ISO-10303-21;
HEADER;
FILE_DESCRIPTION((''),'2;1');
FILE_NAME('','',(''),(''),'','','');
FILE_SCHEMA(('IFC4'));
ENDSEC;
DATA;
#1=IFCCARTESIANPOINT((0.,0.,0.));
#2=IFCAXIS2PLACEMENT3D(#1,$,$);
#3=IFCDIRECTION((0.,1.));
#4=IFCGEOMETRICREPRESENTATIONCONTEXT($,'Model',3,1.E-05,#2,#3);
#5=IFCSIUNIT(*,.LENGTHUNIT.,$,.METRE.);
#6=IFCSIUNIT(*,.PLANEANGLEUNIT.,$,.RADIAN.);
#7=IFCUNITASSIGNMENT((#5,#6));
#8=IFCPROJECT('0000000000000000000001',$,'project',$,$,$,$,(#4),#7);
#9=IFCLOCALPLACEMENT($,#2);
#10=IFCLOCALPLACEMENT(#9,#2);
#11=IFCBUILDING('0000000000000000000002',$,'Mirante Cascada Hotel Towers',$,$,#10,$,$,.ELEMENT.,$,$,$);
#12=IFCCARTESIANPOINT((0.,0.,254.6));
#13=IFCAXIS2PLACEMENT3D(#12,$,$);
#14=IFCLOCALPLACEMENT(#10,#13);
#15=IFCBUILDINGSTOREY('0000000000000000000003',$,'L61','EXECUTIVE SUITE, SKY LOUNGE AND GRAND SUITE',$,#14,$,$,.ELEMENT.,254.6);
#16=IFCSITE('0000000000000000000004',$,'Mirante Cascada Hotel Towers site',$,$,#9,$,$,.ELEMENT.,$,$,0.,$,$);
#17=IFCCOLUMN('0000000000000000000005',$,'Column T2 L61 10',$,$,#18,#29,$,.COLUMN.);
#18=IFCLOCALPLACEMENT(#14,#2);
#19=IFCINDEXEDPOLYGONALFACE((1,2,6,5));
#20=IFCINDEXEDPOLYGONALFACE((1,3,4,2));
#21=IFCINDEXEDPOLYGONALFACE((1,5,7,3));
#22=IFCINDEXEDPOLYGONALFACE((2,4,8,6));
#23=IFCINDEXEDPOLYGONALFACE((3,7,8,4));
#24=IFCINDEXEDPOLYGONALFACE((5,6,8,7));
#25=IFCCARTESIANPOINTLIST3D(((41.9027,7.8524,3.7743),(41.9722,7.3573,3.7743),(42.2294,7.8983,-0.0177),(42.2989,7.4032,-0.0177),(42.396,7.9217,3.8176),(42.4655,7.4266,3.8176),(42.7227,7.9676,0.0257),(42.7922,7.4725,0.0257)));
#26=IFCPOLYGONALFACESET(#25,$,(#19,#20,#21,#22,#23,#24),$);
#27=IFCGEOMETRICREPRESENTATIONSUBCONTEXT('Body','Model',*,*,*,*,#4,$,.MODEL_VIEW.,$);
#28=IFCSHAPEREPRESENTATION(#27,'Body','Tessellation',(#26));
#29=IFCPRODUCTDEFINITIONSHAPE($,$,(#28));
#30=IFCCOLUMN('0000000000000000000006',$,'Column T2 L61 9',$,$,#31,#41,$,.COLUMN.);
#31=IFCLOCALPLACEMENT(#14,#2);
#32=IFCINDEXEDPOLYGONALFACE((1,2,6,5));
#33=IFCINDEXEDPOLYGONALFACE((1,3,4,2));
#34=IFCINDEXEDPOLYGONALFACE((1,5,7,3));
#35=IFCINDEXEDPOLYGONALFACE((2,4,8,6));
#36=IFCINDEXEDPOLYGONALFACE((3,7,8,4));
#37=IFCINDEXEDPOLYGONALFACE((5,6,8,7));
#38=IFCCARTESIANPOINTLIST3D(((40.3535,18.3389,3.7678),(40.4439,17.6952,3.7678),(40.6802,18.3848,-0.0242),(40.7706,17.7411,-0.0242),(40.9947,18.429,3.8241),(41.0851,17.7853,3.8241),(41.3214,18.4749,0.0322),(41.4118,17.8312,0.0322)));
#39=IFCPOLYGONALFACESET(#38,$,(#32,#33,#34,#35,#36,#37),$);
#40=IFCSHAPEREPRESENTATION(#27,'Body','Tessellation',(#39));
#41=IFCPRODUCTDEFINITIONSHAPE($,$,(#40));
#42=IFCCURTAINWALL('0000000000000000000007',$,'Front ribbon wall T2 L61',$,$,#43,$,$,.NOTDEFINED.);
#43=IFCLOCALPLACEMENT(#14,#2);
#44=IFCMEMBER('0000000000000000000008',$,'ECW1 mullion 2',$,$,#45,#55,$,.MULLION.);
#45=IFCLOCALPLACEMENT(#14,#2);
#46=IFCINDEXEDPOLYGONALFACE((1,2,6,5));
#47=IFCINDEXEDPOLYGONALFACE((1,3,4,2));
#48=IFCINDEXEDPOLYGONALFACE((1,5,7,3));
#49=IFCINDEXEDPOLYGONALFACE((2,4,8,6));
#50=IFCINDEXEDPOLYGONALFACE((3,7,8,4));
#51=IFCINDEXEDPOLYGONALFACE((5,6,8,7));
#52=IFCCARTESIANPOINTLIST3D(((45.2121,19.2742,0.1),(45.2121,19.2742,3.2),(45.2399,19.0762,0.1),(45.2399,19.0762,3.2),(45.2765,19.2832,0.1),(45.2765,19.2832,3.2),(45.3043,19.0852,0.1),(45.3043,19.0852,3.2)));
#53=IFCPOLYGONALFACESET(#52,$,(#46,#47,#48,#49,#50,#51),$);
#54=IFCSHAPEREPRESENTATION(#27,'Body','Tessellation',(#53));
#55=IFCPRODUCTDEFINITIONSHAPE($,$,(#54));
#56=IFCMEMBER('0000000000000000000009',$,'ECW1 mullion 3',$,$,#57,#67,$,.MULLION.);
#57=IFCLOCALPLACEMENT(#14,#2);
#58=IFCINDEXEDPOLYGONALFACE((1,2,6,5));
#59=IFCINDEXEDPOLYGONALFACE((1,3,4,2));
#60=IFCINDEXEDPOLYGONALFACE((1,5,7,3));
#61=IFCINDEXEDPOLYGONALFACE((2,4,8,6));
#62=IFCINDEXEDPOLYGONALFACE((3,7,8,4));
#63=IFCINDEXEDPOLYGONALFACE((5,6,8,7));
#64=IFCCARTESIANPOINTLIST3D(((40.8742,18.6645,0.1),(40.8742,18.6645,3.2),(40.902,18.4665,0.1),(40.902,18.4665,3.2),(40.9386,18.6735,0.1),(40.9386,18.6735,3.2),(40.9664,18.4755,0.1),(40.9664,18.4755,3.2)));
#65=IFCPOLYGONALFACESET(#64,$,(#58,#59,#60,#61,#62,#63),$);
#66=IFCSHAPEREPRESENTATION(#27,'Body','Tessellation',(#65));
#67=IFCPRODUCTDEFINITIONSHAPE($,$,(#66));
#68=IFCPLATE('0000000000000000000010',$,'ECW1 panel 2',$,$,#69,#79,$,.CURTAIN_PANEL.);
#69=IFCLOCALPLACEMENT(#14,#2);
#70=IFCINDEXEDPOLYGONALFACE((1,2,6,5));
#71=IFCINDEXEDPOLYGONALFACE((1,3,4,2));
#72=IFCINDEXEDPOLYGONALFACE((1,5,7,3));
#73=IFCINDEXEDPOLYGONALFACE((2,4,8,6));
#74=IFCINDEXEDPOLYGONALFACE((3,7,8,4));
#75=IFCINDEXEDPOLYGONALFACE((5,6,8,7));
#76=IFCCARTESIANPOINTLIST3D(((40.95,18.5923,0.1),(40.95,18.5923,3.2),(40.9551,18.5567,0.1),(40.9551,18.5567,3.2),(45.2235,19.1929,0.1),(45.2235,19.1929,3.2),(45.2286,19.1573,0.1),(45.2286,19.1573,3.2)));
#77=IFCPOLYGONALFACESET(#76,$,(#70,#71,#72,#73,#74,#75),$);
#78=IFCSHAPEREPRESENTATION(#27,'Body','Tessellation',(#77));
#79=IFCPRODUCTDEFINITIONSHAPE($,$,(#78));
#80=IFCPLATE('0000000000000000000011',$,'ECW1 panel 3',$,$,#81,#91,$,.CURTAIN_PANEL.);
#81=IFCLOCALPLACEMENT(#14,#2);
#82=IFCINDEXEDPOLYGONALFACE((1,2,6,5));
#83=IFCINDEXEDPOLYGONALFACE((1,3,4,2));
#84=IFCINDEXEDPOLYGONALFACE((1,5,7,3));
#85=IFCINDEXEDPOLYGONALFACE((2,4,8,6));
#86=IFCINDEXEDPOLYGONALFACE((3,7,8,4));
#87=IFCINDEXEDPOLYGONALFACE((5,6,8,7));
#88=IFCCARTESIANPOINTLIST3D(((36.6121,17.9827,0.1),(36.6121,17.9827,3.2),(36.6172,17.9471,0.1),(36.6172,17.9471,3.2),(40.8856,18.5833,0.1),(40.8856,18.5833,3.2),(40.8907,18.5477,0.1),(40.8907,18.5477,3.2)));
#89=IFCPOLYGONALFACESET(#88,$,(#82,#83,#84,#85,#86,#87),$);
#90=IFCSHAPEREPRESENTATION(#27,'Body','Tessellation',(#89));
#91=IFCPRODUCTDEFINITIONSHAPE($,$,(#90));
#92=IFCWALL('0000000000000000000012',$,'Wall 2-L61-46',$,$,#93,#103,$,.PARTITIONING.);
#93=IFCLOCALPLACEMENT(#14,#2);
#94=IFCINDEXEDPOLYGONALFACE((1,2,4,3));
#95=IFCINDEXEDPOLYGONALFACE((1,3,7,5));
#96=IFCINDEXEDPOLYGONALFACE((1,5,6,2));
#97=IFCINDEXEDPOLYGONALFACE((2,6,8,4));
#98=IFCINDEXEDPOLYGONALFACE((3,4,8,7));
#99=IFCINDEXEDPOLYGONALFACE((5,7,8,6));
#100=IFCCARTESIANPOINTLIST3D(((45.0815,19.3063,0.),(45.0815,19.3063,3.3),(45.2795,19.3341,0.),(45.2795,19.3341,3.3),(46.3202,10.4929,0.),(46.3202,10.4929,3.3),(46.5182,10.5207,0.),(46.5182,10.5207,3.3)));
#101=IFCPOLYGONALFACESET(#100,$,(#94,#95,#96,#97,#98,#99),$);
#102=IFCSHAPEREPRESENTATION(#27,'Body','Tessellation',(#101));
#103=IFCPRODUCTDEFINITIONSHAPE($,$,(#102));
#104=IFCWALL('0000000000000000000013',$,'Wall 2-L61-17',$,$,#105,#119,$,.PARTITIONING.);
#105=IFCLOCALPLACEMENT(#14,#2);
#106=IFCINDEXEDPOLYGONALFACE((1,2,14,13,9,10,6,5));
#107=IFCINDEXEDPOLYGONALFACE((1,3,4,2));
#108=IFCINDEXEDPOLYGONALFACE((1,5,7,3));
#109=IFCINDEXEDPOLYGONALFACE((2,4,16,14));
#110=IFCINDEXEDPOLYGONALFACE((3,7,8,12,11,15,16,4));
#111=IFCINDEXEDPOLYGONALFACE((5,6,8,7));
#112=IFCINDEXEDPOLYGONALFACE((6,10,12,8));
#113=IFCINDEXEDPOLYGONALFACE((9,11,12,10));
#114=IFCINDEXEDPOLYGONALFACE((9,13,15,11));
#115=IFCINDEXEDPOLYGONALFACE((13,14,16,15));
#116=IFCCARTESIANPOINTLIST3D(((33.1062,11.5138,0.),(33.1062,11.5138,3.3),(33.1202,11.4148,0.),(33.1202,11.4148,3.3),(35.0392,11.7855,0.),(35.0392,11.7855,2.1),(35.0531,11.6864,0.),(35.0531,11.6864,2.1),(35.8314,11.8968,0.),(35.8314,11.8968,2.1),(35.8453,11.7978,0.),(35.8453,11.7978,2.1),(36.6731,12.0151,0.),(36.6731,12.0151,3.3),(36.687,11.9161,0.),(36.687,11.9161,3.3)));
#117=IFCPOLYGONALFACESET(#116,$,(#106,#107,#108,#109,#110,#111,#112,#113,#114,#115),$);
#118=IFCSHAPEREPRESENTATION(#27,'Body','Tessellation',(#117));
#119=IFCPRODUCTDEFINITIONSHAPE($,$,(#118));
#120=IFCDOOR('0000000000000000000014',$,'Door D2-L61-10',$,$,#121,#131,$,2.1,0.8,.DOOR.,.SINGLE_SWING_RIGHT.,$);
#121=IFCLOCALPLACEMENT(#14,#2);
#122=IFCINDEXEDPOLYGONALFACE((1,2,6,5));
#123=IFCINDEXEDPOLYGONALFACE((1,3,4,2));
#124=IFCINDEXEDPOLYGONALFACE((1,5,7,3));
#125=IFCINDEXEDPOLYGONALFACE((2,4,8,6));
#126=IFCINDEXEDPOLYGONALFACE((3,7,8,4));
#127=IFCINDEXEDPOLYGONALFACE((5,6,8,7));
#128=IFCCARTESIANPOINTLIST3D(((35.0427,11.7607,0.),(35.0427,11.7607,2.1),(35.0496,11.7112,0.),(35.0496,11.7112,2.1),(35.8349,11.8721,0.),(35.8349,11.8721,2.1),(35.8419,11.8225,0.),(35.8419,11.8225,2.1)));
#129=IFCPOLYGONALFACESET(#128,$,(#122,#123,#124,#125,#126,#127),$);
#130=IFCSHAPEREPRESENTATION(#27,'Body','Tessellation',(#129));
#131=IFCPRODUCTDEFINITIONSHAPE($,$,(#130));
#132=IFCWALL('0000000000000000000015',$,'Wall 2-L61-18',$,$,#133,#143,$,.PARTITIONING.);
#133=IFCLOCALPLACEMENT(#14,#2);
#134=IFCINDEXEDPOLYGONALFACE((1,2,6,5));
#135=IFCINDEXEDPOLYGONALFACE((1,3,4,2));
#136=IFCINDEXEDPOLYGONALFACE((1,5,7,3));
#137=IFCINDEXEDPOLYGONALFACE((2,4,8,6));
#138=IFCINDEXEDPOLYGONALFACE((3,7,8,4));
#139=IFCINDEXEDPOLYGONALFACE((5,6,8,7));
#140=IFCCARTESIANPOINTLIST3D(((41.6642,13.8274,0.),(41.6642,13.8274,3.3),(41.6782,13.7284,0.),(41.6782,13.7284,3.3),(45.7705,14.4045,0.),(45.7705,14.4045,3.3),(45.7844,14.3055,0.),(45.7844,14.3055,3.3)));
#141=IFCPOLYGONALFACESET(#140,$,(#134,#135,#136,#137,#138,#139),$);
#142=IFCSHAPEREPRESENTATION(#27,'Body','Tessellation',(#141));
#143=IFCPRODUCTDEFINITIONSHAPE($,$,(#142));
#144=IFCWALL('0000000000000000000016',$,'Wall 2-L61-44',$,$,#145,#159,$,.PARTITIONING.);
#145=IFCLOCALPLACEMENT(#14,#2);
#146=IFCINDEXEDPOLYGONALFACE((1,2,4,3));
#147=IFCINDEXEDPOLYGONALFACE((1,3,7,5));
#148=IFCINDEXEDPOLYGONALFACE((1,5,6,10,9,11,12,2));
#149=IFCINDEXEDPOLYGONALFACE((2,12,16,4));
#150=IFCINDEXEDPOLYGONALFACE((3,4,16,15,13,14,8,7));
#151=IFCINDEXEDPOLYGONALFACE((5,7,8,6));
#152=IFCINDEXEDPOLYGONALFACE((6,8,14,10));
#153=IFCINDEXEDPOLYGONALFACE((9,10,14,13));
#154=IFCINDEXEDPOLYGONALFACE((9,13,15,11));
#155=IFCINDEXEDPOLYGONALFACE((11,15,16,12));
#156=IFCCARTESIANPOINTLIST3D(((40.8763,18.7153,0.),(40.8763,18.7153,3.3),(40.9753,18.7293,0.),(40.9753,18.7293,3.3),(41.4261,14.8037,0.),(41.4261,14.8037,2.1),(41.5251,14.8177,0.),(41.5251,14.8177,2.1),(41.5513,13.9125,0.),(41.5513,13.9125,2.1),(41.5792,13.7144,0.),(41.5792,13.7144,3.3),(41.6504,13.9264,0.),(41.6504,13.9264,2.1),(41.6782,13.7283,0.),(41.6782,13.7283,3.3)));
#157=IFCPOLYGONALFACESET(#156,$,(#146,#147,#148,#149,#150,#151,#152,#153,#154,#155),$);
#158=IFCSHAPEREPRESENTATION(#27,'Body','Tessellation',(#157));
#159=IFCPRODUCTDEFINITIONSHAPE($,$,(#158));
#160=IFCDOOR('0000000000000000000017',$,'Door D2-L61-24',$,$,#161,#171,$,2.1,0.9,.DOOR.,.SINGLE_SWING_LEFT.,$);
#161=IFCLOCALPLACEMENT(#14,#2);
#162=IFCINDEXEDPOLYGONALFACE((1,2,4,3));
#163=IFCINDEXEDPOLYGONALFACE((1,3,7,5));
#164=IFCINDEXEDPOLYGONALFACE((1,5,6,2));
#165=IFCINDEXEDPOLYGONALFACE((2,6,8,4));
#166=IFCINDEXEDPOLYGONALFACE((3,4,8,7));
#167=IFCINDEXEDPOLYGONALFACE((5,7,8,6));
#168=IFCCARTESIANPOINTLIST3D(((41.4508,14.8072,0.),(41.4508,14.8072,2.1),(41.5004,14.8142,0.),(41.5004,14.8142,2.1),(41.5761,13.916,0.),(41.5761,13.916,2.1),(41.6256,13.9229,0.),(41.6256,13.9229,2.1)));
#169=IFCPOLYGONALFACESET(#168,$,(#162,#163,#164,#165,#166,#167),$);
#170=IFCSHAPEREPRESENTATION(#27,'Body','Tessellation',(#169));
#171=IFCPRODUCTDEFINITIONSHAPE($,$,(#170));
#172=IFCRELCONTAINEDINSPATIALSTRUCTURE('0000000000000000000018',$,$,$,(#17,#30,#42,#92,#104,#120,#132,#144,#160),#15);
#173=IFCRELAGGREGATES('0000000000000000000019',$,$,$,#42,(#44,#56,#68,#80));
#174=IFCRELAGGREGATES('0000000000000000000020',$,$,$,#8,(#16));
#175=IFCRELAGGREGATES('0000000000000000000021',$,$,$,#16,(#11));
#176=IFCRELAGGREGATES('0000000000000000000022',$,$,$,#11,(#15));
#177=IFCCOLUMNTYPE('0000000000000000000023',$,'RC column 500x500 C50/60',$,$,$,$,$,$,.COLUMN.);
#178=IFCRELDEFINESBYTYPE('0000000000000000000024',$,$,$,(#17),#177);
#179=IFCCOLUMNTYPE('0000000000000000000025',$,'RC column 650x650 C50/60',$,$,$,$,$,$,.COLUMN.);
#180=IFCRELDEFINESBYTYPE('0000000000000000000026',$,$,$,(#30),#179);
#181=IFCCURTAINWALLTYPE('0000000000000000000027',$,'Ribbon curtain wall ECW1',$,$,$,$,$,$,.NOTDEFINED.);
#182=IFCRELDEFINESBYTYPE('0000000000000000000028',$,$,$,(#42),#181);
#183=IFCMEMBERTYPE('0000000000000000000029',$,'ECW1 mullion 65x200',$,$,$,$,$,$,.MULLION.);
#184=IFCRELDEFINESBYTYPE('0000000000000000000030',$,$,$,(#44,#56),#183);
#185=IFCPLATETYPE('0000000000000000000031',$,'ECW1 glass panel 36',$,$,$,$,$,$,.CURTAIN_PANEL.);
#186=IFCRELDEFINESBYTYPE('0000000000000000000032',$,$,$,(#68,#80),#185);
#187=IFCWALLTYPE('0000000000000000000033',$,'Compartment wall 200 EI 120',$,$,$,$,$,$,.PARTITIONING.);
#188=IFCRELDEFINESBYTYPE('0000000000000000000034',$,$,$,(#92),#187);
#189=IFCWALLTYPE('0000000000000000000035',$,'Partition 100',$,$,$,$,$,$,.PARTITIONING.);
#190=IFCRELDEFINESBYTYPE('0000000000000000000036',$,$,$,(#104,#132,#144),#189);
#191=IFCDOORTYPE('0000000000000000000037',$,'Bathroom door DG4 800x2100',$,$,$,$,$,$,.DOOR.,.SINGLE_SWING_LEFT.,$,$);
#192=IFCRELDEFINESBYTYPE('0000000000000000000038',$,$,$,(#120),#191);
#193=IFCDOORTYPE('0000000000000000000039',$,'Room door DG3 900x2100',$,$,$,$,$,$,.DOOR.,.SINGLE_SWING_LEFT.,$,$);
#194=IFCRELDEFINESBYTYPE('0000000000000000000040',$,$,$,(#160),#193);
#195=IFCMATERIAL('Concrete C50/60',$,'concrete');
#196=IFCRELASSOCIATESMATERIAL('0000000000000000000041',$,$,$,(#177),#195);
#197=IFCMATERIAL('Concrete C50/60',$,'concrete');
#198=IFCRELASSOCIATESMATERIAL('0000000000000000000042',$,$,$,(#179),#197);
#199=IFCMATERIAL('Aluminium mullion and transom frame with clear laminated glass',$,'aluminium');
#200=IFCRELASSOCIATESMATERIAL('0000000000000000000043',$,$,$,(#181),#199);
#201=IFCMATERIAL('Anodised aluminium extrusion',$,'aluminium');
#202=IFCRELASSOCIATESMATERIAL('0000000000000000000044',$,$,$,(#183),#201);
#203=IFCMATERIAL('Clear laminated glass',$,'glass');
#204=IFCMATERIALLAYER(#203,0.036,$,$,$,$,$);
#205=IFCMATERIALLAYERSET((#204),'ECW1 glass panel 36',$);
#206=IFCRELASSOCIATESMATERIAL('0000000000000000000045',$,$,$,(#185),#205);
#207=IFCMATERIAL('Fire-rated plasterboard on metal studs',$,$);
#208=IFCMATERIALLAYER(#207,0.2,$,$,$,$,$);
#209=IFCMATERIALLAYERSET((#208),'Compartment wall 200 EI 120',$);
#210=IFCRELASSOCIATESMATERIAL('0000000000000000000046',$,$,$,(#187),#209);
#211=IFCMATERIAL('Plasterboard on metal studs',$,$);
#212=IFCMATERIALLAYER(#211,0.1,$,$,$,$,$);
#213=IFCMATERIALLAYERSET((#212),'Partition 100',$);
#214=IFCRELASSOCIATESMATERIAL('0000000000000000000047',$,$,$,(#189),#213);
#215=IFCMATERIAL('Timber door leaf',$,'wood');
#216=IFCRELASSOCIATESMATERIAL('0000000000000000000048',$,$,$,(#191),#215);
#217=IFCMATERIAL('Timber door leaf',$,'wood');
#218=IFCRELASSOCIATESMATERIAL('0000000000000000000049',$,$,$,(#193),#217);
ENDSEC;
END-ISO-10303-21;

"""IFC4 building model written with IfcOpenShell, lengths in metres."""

from ifc_helpers import new_model, si_unit, direction, frame, frame_2d, origin, origin_2d, place, context, subcontext, project, spatial, rectangle, extrude, material, layer, layer_set, material_profile, profile_set, type_object, element, fill, aggregate, save


model = new_model("IFC4")

# Units and contexts
model_context = context("Model", 3, precision=1e-05, world=origin(), true_north=direction((0.0, 1.0)))
body_context = subcontext(model_context, "Body", "Model", "MODEL_VIEW")
ifc_project = project(units=[si_unit("LENGTHUNIT", "METRE"), si_unit("PLANEANGLEUNIT", "RADIAN")], contexts=[model_context])

# Site, building, storey
site_placement = place(None, origin())
site = spatial("IfcSite", under=ifc_project, at=site_placement, Name="Mirante Cascada Hotel Towers site", CompositionType="ELEMENT", RefElevation=0.0)
building_placement = place(site_placement, origin())
building = spatial("IfcBuilding", under=site, at=building_placement, Name="Mirante Cascada Hotel Towers", CompositionType="ELEMENT")
storey_placement = place(building_placement, frame((0.0, 0.0, 254.6)))
storey = spatial("IfcBuildingStorey", under=building, at=storey_placement, Name="L61", Description="EXECUTIVE SUITE, SKY LOUNGE AND GRAND SUITE", CompositionType="ELEMENT", Elevation=254.6)

# Columns
ifc_material_1 = material(Name="Concrete C50/60", Category="concrete")
ifc_material_profile_1 = material_profile(ifc_material_1, rectangle(XDim=0.5, YDim=0.5, at=origin_2d()), Name="RC column 500x500 C50/60")
ifc_profile_set_1 = profile_set([ifc_material_profile_1], Name="Concrete C50/60")
column_type_1 = type_object("IfcColumnType", Name="RC column 500x500 C50/60", PredefinedType="COLUMN", material=ifc_profile_set_1)
column_1_placement = place(storey_placement, frame((42.5108, 7.6854, 0.004), z_axis=(-0.085831, -0.012059, 0.996237), x_axis=(0.139129, -0.990274, 0.0)))
element("IfcColumn", 1, at=column_1_placement, inside=storey, type_object=column_type_1, Name="Column T2 L61 10", PredefinedType="COLUMN", context=body_context, shape_type="SweptSolid", body=[
    extrude(rectangle(XDim=0.5, YDim=0.5, at=origin_2d()), origin(), (0.0, 0.0, 1.0), 3.8063),
])
ifc_material_2 = material(Name="Concrete C50/60", Category="concrete")
ifc_material_profile_2 = material_profile(ifc_material_2, rectangle(XDim=0.65, YDim=0.65, at=origin_2d()), Name="RC column 650x650 C50/60")
ifc_profile_set_2 = profile_set([ifc_material_profile_2], Name="Concrete C50/60")
column_type_2 = type_object("IfcColumnType", Name="RC column 650x650 C50/60", PredefinedType="COLUMN", material=ifc_profile_set_2)
column_2_placement = place(storey_placement, frame((41.046, 18.108, 0.004), z_axis=(-0.085831, -0.012059, 0.996237), x_axis=(0.139129, -0.990274, 0.0)))
element("IfcColumn", 2, at=column_2_placement, inside=storey, type_object=column_type_2, Name="Column T2 L61 9", PredefinedType="COLUMN", context=body_context, shape_type="SweptSolid", body=[
    extrude(rectangle(XDim=0.65, YDim=0.65, at=origin_2d()), origin(), (0.0, 0.0, 1.0), 3.8063),
])

# Curtain wall, members, plates
ifc_material_3 = material(Name="Aluminium mullion and transom frame with clear laminated glass", Category="aluminium")
curtain_wall_type = type_object("IfcCurtainWallType", Name="Ribbon curtain wall ECW1", PredefinedType="NOTDEFINED", material=ifc_material_3)
curtain_wall_placement = place(storey_placement, origin())
curtain_wall = element("IfcCurtainWall", 3, at=curtain_wall_placement, inside=storey, type_object=curtain_wall_type, Name="Front ribbon wall T2 L61", PredefinedType="NOTDEFINED")
ifc_material_4 = material(Name="Anodised aluminium extrusion", Category="aluminium")
ifc_material_profile_3 = material_profile(ifc_material_4, rectangle(XDim=0.2, YDim=0.065, at=origin_2d()), Name="ECW1 MULLION 65x200")
ifc_profile_set_3 = profile_set([ifc_material_profile_3], Name="Anodised aluminium extrusion")
member_type = type_object("IfcMemberType", Name="ECW1 mullion 65x200", PredefinedType="MULLION", material=ifc_profile_set_3)
member_1_placement = place(storey_placement, frame((45.2582, 19.1797, 0.1), z_axis=(0.0, 0.0, 1.0), x_axis=(0.139173, -0.990268, 0.0)))
member_1 = element("IfcMember", 4, at=member_1_placement, type_object=member_type, Name="ECW1 mullion 2", PredefinedType="MULLION", context=body_context, shape_type="SweptSolid", body=[
    extrude(rectangle(XDim=0.2, YDim=0.065, at=origin_2d()), origin(), (0.0, 0.0, 1.0), 3.1),
])
member_2_placement = place(storey_placement, frame((40.9203, 18.57, 0.1), z_axis=(0.0, 0.0, 1.0), x_axis=(0.139173, -0.990268, 0.0)))
member_2 = element("IfcMember", 5, at=member_2_placement, type_object=member_type, Name="ECW1 mullion 3", PredefinedType="MULLION", context=body_context, shape_type="SweptSolid", body=[
    extrude(rectangle(XDim=0.2, YDim=0.065, at=origin_2d()), origin(), (0.0, 0.0, 1.0), 3.1),
])
ifc_material_5 = material(Name="Clear laminated glass", Category="glass")
ifc_layer_1 = layer(ifc_material_5, 0.036)
ifc_layer_set_1 = layer_set([ifc_layer_1], Name="ECW1 glass panel 36")
plate_type = type_object("IfcPlateType", Name="ECW1 glass panel 36", PredefinedType="CURTAIN_PANEL", material=ifc_layer_set_1)
plate_1_placement = place(storey_placement, frame((43.0893, 18.8748, 0.1), z_axis=(0.0, 0.0, 1.0), x_axis=(-0.990268, -0.139173, 0.0)))
plate_1 = element("IfcPlate", 6, at=plate_1_placement, type_object=plate_type, Name="ECW1 panel 2", PredefinedType="CURTAIN_PANEL", context=body_context, shape_type="SweptSolid", body=[
    extrude(rectangle(XDim=4.3155, YDim=0.036, at=origin_2d()), origin(), (0.0, 0.0, 1.0), 3.1),
])
plate_2_placement = place(storey_placement, frame((38.7514, 18.2652, 0.1), z_axis=(0.0, 0.0, 1.0), x_axis=(-0.990268, -0.139173, 0.0)))
plate_2 = element("IfcPlate", 7, at=plate_2_placement, type_object=plate_type, Name="ECW1 panel 3", PredefinedType="CURTAIN_PANEL", context=body_context, shape_type="SweptSolid", body=[
    extrude(rectangle(XDim=4.3155, YDim=0.036, at=origin_2d()), origin(), (0.0, 0.0, 1.0), 3.1),
])
aggregate(curtain_wall, [member_1, member_2, plate_1, plate_2])

# Wall
ifc_material_6 = material(Name="Fire-rated plasterboard on metal studs")
ifc_layer_2 = layer(ifc_material_6, 0.2)
ifc_layer_set_2 = layer_set([ifc_layer_2], Name="Compartment wall 200 EI 120")
wall_type_1 = type_object("IfcWallType", Name="Compartment wall 200 EI 120", PredefinedType="PARTITIONING", material=ifc_layer_set_2)
wall_1_placement = place(storey_placement, frame((46.4192, 10.5068, 0.0), z_axis=(0.0, 0.0, 1.0), x_axis=(-0.139179, 0.990267, 0.0)))
element("IfcWall", 8, at=wall_1_placement, inside=storey, type_object=wall_type_1, Name="Wall 2-L61-46", PredefinedType="PARTITIONING", context=body_context, shape_type="SweptSolid", body=[
    extrude(rectangle(XDim=8.9, YDim=0.2, at=frame_2d((4.45, 0.0))), origin(), (0.0, 0.0, 1.0), 3.3),
])

# Wall, opening, door
ifc_material_7 = material(Name="Plasterboard on metal studs")
ifc_layer_3 = layer(ifc_material_7, 0.1)
ifc_layer_set_3 = layer_set([ifc_layer_3], Name="Partition 100")
wall_type_2 = type_object("IfcWallType", Name="Partition 100", PredefinedType="PARTITIONING", material=ifc_layer_set_3)
wall_2_placement = place(storey_placement, frame((36.6801, 11.9656, 0.0), z_axis=(0.0, 0.0, 1.0), x_axis=(-0.990267, -0.139178, 0.0)))
wall_2 = element("IfcWall", 9, at=wall_2_placement, inside=storey, type_object=wall_type_2, Name="Wall 2-L61-17", PredefinedType="PARTITIONING", context=body_context, shape_type="SweptSolid", body=[
    extrude(rectangle(XDim=3.6019, YDim=0.1, at=frame_2d((1.801, 0.0))), origin(), (0.0, 0.0, 1.0), 3.3),
])
opening_1_placement = place(wall_2_placement, frame((0.85, 0.0, 0.0)))
opening_1 = element("IfcOpeningElement", 10, at=opening_1_placement, cuts=wall_2, PredefinedType="OPENING", context=body_context, shape_type="SweptSolid", body=[
    extrude(rectangle(XDim=0.8, YDim=2.1, at=frame_2d((0.4, 1.05))), frame((0.0, 0.05, 0.0), z_axis=(0.0, -1.0, 0.0), x_axis=(1.0, 0.0, 0.0)), (0.0, 0.0, 1.0), 0.1),
])
ifc_material_8 = material(Name="Timber door leaf", Category="wood")
door_type_1 = type_object("IfcDoorType", Name="Bathroom door DG4 800x2100", OperationType="SINGLE_SWING_LEFT", PredefinedType="DOOR", material=ifc_material_8)
door_1_placement = place(opening_1_placement, frame((0.8, 0.0, 0.0), z_axis=(0.0, 0.0, 1.0), x_axis=(-1.0, 0.0, 0.0)))
door_1 = element("IfcDoor", 11, at=door_1_placement, inside=storey, type_object=door_type_1, Name="Door D2-L61-10", OperationType="SINGLE_SWING_RIGHT", OverallHeight=2.1, OverallWidth=0.8, PredefinedType="DOOR", context=body_context, shape_type="SweptSolid", body=[
    extrude(rectangle(XDim=0.8, YDim=2.1, at=frame_2d((0.4, 1.05))), frame((0.0, 0.025, 0.0), z_axis=(0.0, -1.0, 0.0), x_axis=(1.0, 0.0, 0.0)), (0.0, 0.0, 1.0), 0.05),
])
fill(opening_1, door_1)

# Wall
wall_3_placement = place(storey_placement, frame((41.6712, 13.7779, 0.0), z_axis=(0.0, 0.0, 1.0), x_axis=(0.990268, 0.139176, 0.0)))
element("IfcWall", 12, at=wall_3_placement, inside=storey, type_object=wall_type_2, Name="Wall 2-L61-18", PredefinedType="PARTITIONING", context=body_context, shape_type="SweptSolid", body=[
    extrude(rectangle(XDim=4.1466, YDim=0.1, at=frame_2d((2.0733, 0.0))), origin(), (0.0, 0.0, 1.0), 3.3),
])

# Wall, opening, door
wall_4_placement = place(storey_placement, frame((41.6287, 13.7214, 0.0), z_axis=(0.0, 0.0, 1.0), x_axis=(-0.139187, 0.990266, 0.0)))
wall_4 = element("IfcWall", 13, at=wall_4_placement, inside=storey, type_object=wall_type_2, Name="Wall 2-L61-44", PredefinedType="PARTITIONING", context=body_context, shape_type="SweptSolid", body=[
    extrude(rectangle(XDim=5.0501, YDim=0.1, at=frame_2d((2.525, 0.0))), origin(), (0.0, 0.0, 1.0), 3.3),
])
opening_2_placement = place(wall_4_placement, frame((0.2, 0.0, 0.0)))
opening_2 = element("IfcOpeningElement", 14, at=opening_2_placement, cuts=wall_4, PredefinedType="OPENING", context=body_context, shape_type="SweptSolid", body=[
    extrude(rectangle(XDim=0.9, YDim=2.1, at=frame_2d((0.45, 1.05))), frame((0.0, 0.05, 0.0), z_axis=(0.0, -1.0, 0.0), x_axis=(1.0, 0.0, 0.0)), (0.0, 0.0, 1.0), 0.1),
])
ifc_material_9 = material(Name="Timber door leaf", Category="wood")
door_type_2 = type_object("IfcDoorType", Name="Room door DG3 900x2100", OperationType="SINGLE_SWING_LEFT", PredefinedType="DOOR", material=ifc_material_9)
door_2_placement = place(opening_2_placement, origin())
door_2 = element("IfcDoor", 15, at=door_2_placement, inside=storey, type_object=door_type_2, Name="Door D2-L61-24", OperationType="SINGLE_SWING_LEFT", OverallHeight=2.1, OverallWidth=0.9, PredefinedType="DOOR", context=body_context, shape_type="SweptSolid", body=[
    extrude(rectangle(XDim=0.9, YDim=2.1, at=frame_2d((0.45, 1.05))), frame((0.0, 0.025, 0.0), z_axis=(0.0, -1.0, 0.0), x_axis=(1.0, 0.0, 0.0)), (0.0, 0.0, 1.0), 0.05),
])
fill(opening_2, door_2)

save(model, "model.ifc")
